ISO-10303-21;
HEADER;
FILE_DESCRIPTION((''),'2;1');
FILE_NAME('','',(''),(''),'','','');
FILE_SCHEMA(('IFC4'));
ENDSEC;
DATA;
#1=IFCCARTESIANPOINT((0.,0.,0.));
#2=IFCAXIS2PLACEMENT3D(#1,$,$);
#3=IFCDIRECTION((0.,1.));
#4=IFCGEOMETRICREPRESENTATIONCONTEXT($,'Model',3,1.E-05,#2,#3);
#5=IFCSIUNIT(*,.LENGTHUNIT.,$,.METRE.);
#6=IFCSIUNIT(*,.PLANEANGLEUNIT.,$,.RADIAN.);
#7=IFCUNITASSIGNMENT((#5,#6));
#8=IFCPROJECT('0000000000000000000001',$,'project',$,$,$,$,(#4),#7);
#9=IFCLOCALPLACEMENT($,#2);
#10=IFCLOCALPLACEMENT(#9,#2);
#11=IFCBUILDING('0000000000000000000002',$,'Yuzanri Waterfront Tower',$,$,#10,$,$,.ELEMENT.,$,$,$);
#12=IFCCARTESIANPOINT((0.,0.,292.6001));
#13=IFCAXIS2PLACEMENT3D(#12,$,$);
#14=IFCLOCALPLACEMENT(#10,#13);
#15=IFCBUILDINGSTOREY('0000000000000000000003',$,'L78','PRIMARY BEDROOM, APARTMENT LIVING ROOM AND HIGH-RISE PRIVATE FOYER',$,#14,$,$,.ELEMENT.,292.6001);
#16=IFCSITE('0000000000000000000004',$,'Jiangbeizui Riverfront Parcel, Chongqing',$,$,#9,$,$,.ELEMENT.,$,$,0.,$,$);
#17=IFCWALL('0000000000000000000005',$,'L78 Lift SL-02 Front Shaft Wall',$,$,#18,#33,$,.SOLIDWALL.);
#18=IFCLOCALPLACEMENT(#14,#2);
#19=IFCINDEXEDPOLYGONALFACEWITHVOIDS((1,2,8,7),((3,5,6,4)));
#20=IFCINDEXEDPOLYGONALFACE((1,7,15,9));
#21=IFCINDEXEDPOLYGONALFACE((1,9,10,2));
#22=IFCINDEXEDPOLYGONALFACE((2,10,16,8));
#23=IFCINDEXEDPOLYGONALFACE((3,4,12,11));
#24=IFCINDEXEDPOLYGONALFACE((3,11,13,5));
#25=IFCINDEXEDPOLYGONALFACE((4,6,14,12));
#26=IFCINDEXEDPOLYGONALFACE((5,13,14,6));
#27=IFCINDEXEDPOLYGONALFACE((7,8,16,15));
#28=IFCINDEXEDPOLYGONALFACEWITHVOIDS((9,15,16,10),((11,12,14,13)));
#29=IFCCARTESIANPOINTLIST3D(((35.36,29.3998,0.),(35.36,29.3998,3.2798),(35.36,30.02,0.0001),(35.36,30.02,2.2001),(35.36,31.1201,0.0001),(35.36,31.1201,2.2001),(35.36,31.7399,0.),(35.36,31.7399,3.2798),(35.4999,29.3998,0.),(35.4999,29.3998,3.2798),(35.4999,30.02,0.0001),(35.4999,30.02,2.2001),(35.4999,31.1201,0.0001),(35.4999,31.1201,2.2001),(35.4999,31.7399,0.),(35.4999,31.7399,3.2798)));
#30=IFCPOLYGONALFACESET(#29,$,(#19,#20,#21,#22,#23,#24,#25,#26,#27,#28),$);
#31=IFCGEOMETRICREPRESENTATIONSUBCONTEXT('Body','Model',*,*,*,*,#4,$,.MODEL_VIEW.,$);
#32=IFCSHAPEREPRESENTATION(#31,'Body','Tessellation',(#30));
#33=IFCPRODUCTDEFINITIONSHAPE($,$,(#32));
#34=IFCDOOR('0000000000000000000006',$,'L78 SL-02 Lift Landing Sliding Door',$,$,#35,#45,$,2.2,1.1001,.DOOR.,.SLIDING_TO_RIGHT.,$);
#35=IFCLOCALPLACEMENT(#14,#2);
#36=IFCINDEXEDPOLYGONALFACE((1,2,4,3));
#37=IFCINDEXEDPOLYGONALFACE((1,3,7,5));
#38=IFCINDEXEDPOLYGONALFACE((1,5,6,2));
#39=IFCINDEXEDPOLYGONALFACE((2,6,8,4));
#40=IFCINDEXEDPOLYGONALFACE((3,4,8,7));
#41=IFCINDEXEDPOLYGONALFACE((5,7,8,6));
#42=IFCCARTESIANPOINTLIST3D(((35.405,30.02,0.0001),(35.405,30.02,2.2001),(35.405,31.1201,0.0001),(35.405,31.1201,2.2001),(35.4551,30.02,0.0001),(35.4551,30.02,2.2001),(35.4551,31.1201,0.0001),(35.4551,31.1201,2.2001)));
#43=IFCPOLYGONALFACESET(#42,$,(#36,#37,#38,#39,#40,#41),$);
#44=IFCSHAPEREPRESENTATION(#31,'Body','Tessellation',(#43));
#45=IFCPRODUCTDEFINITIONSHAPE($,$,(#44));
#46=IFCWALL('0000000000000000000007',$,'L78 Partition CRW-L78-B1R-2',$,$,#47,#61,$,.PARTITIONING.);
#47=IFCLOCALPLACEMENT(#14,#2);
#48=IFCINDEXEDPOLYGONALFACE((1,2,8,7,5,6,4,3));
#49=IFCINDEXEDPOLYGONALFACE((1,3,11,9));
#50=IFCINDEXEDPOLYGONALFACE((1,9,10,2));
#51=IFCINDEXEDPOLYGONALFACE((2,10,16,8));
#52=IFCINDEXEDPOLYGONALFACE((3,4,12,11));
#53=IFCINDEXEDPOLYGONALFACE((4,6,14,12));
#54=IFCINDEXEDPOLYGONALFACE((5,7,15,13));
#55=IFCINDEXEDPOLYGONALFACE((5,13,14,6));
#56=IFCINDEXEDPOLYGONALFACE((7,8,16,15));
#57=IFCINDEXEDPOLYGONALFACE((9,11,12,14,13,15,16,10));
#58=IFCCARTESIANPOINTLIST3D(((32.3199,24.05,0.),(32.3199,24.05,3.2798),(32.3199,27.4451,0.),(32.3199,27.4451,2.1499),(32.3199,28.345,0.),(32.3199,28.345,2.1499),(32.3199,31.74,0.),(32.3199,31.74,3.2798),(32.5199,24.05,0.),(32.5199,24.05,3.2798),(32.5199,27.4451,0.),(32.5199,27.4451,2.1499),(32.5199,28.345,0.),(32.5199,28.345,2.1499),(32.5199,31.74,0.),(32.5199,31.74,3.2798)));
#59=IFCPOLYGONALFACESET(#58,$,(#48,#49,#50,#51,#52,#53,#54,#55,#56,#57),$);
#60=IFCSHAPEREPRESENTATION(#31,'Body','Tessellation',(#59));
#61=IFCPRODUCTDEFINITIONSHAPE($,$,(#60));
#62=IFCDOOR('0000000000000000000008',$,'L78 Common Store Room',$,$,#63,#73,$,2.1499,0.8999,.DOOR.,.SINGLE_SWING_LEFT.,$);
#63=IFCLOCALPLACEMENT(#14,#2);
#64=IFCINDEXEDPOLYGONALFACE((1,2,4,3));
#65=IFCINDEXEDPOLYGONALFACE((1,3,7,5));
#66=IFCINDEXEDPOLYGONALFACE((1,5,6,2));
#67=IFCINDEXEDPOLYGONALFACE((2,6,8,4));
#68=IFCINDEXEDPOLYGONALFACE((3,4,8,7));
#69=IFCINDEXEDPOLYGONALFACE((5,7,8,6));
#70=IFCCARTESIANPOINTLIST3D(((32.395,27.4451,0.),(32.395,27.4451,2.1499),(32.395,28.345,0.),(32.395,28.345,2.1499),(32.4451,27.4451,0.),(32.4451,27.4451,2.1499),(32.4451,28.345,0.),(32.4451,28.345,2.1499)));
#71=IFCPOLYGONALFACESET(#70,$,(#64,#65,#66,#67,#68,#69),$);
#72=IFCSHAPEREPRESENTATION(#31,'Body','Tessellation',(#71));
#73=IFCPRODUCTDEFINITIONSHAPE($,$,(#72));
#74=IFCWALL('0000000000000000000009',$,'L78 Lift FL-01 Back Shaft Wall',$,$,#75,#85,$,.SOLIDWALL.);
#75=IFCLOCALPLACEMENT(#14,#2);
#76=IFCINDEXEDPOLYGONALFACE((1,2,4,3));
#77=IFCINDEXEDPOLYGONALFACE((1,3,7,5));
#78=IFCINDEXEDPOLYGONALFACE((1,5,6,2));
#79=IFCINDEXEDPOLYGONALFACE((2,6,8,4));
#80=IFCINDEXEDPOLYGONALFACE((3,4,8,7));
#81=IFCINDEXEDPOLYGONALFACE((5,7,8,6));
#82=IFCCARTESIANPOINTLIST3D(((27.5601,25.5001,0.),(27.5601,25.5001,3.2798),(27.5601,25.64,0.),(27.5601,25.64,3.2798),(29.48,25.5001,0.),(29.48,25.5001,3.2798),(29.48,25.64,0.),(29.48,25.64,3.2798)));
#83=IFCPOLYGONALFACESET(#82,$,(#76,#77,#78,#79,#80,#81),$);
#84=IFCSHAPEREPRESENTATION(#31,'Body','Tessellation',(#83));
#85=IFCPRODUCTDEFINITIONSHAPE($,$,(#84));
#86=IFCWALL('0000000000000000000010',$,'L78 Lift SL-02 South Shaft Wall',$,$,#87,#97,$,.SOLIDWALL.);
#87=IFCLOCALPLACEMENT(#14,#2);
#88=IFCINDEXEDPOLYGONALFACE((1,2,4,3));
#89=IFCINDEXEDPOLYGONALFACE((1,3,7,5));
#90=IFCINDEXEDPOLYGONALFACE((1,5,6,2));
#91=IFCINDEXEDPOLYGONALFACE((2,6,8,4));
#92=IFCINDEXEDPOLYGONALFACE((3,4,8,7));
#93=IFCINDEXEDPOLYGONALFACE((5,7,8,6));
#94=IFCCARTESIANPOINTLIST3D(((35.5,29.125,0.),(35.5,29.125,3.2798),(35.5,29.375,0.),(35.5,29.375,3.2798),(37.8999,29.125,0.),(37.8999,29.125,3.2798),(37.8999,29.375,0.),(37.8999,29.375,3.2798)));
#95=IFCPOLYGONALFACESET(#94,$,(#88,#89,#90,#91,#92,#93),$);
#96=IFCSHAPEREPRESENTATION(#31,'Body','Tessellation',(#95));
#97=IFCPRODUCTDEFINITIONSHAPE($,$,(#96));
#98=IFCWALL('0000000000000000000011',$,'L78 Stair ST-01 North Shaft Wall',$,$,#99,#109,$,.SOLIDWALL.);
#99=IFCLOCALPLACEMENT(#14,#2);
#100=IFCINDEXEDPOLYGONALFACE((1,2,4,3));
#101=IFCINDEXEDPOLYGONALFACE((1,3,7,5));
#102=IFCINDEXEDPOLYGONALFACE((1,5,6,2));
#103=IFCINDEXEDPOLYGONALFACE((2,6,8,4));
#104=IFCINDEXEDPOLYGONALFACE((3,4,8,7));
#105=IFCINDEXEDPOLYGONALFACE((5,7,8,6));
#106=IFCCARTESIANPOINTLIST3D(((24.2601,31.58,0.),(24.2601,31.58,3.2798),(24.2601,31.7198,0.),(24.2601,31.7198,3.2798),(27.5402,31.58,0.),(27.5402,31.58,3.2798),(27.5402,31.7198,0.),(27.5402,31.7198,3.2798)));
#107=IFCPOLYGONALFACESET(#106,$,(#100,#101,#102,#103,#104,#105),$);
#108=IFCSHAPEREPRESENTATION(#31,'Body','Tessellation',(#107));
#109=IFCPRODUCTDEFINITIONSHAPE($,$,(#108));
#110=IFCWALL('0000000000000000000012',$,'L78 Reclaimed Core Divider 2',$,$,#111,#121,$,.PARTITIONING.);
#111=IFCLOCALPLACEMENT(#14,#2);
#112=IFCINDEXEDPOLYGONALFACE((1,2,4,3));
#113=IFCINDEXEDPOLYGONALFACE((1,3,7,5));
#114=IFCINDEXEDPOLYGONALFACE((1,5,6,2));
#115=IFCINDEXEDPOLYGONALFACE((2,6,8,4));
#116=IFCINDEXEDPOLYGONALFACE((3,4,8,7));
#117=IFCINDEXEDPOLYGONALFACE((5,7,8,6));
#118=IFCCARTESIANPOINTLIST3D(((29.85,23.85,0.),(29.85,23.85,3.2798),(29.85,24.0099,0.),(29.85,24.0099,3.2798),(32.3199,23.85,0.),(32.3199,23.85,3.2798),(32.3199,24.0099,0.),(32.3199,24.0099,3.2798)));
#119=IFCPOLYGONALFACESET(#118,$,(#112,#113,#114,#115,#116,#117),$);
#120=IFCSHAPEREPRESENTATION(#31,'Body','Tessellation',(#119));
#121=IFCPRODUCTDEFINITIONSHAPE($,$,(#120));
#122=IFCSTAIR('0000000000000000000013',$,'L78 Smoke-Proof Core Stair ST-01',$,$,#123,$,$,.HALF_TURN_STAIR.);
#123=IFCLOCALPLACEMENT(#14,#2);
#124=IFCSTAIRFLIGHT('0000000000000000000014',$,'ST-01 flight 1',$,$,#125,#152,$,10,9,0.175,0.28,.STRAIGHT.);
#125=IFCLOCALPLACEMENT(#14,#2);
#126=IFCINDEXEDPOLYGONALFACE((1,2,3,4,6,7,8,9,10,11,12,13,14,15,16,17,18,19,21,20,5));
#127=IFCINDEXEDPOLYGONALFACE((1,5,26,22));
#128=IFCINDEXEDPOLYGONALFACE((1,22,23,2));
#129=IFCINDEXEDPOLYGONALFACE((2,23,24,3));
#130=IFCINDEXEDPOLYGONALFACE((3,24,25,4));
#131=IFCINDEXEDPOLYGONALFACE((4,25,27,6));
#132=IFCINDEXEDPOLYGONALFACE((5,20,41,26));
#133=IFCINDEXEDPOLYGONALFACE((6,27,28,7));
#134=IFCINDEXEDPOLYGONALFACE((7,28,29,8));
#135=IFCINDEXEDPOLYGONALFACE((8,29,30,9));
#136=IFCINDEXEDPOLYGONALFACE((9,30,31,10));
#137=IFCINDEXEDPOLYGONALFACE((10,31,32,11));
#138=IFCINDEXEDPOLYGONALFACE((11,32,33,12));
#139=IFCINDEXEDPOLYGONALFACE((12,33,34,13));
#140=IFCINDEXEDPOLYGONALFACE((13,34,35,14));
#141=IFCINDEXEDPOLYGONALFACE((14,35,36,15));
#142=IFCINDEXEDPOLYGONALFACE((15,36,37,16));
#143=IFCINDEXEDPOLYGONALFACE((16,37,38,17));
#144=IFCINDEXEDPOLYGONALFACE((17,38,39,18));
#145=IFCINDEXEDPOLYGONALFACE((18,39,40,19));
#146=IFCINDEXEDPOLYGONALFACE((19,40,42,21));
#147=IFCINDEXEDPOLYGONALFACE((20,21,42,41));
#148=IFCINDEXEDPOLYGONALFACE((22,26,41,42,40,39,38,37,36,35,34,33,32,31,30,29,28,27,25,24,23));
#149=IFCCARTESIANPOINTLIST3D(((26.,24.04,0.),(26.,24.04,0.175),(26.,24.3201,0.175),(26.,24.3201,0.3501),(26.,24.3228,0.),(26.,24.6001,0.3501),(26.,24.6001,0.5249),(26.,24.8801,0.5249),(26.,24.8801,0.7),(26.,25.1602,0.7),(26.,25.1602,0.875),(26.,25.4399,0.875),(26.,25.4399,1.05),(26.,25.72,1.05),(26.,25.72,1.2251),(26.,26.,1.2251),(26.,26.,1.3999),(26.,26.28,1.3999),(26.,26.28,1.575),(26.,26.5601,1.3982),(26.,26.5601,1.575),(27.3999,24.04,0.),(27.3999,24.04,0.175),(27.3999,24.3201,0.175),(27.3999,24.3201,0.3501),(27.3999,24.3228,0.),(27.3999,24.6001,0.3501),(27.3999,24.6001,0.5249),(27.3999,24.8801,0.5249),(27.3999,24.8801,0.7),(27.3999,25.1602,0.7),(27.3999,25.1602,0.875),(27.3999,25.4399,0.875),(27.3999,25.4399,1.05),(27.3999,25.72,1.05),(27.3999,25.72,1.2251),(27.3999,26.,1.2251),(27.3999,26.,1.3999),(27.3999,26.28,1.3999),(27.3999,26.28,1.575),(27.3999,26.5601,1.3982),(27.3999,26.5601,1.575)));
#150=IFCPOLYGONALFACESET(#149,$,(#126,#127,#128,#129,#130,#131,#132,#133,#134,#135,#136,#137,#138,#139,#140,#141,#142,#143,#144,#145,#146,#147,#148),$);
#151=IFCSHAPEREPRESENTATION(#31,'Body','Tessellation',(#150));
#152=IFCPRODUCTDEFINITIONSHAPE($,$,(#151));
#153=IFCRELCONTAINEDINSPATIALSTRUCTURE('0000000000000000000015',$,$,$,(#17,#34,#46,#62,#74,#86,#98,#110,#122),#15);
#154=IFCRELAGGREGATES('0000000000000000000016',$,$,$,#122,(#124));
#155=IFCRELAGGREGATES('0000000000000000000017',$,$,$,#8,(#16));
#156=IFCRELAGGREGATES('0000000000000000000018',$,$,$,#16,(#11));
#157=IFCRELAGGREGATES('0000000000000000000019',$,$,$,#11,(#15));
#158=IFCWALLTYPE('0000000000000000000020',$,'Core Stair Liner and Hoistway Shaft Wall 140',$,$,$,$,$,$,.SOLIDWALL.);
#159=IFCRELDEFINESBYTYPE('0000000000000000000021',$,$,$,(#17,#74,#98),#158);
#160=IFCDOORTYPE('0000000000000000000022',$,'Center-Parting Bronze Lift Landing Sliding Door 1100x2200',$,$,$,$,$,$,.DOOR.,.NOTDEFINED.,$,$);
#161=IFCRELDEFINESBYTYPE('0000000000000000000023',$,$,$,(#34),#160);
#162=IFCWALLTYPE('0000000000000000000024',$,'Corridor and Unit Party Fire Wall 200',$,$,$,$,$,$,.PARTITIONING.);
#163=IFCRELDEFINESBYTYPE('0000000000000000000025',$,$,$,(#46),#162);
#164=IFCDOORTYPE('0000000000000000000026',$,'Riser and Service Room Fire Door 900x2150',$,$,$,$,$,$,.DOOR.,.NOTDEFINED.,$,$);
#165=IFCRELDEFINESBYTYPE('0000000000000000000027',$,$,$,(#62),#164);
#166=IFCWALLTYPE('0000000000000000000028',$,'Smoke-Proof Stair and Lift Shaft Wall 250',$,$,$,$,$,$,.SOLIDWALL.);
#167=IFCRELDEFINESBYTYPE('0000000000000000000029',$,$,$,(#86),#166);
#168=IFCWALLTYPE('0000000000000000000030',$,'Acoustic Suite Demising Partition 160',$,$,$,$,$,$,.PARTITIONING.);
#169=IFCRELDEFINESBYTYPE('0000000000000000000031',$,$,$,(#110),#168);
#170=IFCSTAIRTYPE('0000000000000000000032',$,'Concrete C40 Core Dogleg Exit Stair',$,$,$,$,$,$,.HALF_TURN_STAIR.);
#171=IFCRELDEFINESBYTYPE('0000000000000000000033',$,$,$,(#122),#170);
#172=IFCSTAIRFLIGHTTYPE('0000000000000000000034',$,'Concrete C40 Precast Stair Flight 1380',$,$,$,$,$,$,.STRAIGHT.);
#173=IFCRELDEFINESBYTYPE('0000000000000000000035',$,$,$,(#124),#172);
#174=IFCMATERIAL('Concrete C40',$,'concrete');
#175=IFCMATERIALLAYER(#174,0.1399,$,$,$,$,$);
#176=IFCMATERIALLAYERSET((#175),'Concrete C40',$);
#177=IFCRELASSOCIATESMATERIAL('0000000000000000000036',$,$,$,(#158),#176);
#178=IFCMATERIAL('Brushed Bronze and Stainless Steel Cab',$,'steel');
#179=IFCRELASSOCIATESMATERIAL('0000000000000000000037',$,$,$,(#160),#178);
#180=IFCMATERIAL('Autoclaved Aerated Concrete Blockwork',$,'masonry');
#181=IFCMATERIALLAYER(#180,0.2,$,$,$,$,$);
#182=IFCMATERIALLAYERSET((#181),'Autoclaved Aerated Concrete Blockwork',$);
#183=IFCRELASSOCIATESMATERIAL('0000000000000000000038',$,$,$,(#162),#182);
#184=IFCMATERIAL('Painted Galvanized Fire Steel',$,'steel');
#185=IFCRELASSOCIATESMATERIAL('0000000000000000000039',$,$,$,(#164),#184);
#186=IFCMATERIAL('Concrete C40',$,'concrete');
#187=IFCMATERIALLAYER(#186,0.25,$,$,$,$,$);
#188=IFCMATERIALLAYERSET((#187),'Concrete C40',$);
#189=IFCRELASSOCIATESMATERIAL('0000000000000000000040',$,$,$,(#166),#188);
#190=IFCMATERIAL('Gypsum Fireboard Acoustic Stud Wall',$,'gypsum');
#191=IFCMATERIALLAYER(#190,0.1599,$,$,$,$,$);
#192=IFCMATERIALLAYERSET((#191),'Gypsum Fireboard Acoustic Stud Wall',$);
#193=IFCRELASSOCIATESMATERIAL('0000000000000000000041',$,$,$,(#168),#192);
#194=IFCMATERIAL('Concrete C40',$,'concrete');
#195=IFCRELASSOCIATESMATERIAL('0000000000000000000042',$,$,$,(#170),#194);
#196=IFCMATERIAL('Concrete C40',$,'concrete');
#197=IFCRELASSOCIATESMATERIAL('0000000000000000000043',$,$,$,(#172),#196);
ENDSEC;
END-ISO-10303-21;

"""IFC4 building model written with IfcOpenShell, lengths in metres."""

from ifc_helpers import new_model, si_unit, direction, frame, frame_2d, origin, place, context, subcontext, project, spatial, polyline, rectangle, outline, extrude, source, transform, mapped, material, layer, layer_set, type_object, element, fill, aggregate, save


model = new_model("IFC4")

# Units and contexts
model_context = context("Model", 3, precision=1e-05, world=origin(), true_north=direction((0.0, 1.0)))
body_context = subcontext(model_context, "Body", "Model", "MODEL_VIEW")
ifc_project = project(units=[si_unit("LENGTHUNIT", "METRE"), si_unit("PLANEANGLEUNIT", "RADIAN")], contexts=[model_context])

# Site, building, storey
site_placement = place(None, origin())
site = spatial("IfcSite", under=ifc_project, at=site_placement, Name="Jiangbeizui Riverfront Parcel, Chongqing", CompositionType="ELEMENT", RefElevation=0.0)
building_placement = place(site_placement, origin())
building = spatial("IfcBuilding", under=site, at=building_placement, Name="Yuzanri Waterfront Tower", CompositionType="ELEMENT")
storey_placement = place(building_placement, frame((0.0, 0.0, 292.6001)))
storey = spatial("IfcBuildingStorey", under=building, at=storey_placement, Name="L78", Description="PRIMARY BEDROOM, APARTMENT LIVING ROOM AND HIGH-RISE PRIVATE FOYER", CompositionType="ELEMENT", Elevation=292.6001)

# Walls, openings, doors
ifc_material_1 = material(Name="Concrete C40", Category="concrete")
ifc_layer_1 = layer(ifc_material_1, 0.1399)
ifc_layer_set_1 = layer_set([ifc_layer_1], Name="Concrete C40")
wall_type_1 = type_object("IfcWallType", Name="Core Stair Liner and Hoistway Shaft Wall 140", PredefinedType="SOLIDWALL", material=ifc_layer_set_1)
wall_1_placement = place(storey_placement, frame((35.4299, 29.3999, 0.0), z_axis=(0.0, 0.0, 1.0), x_axis=(0.0, 1.0, 0.0)))
wall_1 = element("IfcWall", 1, at=wall_1_placement, inside=storey, type_object=wall_type_1, Name="L78 Lift SL-02 Front Shaft Wall", PredefinedType="SOLIDWALL", context=body_context, shape_type="SweptSolid", body=[
    extrude(rectangle(XDim=2.3401, YDim=0.1399, at=frame_2d((1.1699, 0.0))), origin(), (0.0, 0.0, 1.0), 3.2798),
])
opening_1_placement = place(wall_1_placement, frame((0.6201, 0.0, 0.0)))
opening_1 = element("IfcOpeningElement", 2, at=opening_1_placement, cuts=wall_1, PredefinedType="OPENING", context=body_context, shape_type="SweptSolid", body=[
    extrude(rectangle(XDim=1.1001, YDim=2.2, at=frame_2d((0.55, 1.1001))), frame((0.0, 0.085, 0.0), z_axis=(0.0, -1.0, 0.0), x_axis=(1.0, 0.0, 0.0)), (0.0, 0.0, 1.0), 0.1697),
])
ifc_material_2 = material(Name="Brushed Bronze and Stainless Steel Cab", Category="steel")
door_type_1 = type_object("IfcDoorType", Name="Center-Parting Bronze Lift Landing Sliding Door 1100x2200", OperationType="NOTDEFINED", PredefinedType="DOOR", material=ifc_material_2)
shared_shape_1 = source(origin(), body_context, "Body", "SweptSolid", [
    extrude(rectangle(XDim=1.1001, YDim=2.2, at=frame_2d((0.55, 1.1001))), frame((0.0, 0.0249, 0.0), z_axis=(0.0, -1.0, 0.0), x_axis=(1.0, 0.0, 0.0)), (0.0, 0.0, 1.0), 0.05),
])
door_1_placement = place(opening_1_placement, origin())
door_1 = element("IfcDoor", 3, at=door_1_placement, inside=storey, type_object=door_type_1, Name="L78 SL-02 Lift Landing Sliding Door", OperationType="SLIDING_TO_RIGHT", OverallHeight=2.2, OverallWidth=1.1001, PredefinedType="DOOR", context=body_context, shape_type="MappedRepresentation", body=[
    mapped(shared_shape_1, transform((0.0, 0.0, 0.0), scale=1.0)),
])
fill(opening_1, door_1)
ifc_material_3 = material(Name="Autoclaved Aerated Concrete Blockwork", Category="masonry")
ifc_layer_2 = layer(ifc_material_3, 0.2)
ifc_layer_set_2 = layer_set([ifc_layer_2], Name="Autoclaved Aerated Concrete Blockwork")
wall_type_2 = type_object("IfcWallType", Name="Corridor and Unit Party Fire Wall 200", PredefinedType="PARTITIONING", material=ifc_layer_set_2)
ifc_material_4 = material(Name="Painted Galvanized Fire Steel", Category="steel")
door_type_2 = type_object("IfcDoorType", Name="Riser and Service Room Fire Door 900x2150", OperationType="NOTDEFINED", PredefinedType="DOOR", material=ifc_material_4)
shared_shape_2 = source(origin(), body_context, "Body", "SweptSolid", [
    extrude(rectangle(XDim=0.8999, YDim=2.1499, at=frame_2d((0.45, 1.075))), frame((0.0, 0.0249, 0.0), z_axis=(0.0, -1.0, 0.0), x_axis=(1.0, 0.0, 0.0)), (0.0, 0.0, 1.0), 0.05),
])
wall_2_placement = place(storey_placement, frame((32.4199, 24.05, 0.0), z_axis=(0.0, 0.0, 1.0), x_axis=(0.0, 1.0, 0.0)))
wall_2 = element("IfcWall", 4, at=wall_2_placement, inside=storey, type_object=wall_type_2, Name="L78 Partition CRW-L78-B1R-2", PredefinedType="PARTITIONING", context=body_context, shape_type="SweptSolid", body=[
    extrude(rectangle(XDim=7.6899, YDim=0.2, at=frame_2d((3.845, 0.0))), origin(), (0.0, 0.0, 1.0), 3.2798),
])
opening_2_placement = place(wall_2_placement, frame((3.395, 0.0, 0.0)))
opening_2 = element("IfcOpeningElement", 5, at=opening_2_placement, cuts=wall_2, PredefinedType="OPENING", context=body_context, shape_type="SweptSolid", body=[
    extrude(rectangle(XDim=0.8999, YDim=2.1499, at=frame_2d((0.45, 1.075))), frame((0.0, 0.1147, 0.0), z_axis=(0.0, -1.0, 0.0), x_axis=(1.0, 0.0, 0.0)), (0.0, 0.0, 1.0), 0.2297),
])
door_2_placement = place(opening_2_placement, origin())
door_2 = element("IfcDoor", 6, at=door_2_placement, inside=storey, type_object=door_type_2, Name="L78 Common Store Room", OperationType="SINGLE_SWING_LEFT", OverallHeight=2.1499, OverallWidth=0.8999, PredefinedType="DOOR", context=body_context, shape_type="MappedRepresentation", body=[
    mapped(shared_shape_2, transform((0.0, 0.0, 0.0), scale=1.0)),
])
fill(opening_2, door_2)

# Walls
shared_shape_3 = source(origin(), body_context, "Body", "SweptSolid", [
    extrude(rectangle(XDim=1.9199, YDim=0.1399, at=frame_2d((0.96, 0.0))), origin(), (0.0, 0.0, 1.0), 3.2798),
])
wall_3_placement = place(storey_placement, frame((27.5601, 25.5701, 0.0), z_axis=(0.0, 0.0, 1.0), x_axis=(1.0, 0.0, 0.0)))
element("IfcWall", 7, at=wall_3_placement, inside=storey, type_object=wall_type_1, Name="L78 Lift FL-01 Back Shaft Wall", PredefinedType="SOLIDWALL", context=body_context, shape_type="MappedRepresentation", body=[
    mapped(shared_shape_3, transform((0.0, 0.0, 0.0), scale=1.0)),
])
ifc_material_5 = material(Name="Concrete C40", Category="concrete")
ifc_layer_3 = layer(ifc_material_5, 0.25)
ifc_layer_set_3 = layer_set([ifc_layer_3], Name="Concrete C40")
wall_type_3 = type_object("IfcWallType", Name="Smoke-Proof Stair and Lift Shaft Wall 250", PredefinedType="SOLIDWALL", material=ifc_layer_set_3)
shared_shape_4 = source(origin(), body_context, "Body", "SweptSolid", [
    extrude(rectangle(XDim=2.3999, YDim=0.25, at=frame_2d((1.2, 0.0))), origin(), (0.0, 0.0, 1.0), 3.2798),
])
wall_4_placement = place(storey_placement, frame((35.5, 29.25, 0.0), z_axis=(0.0, 0.0, 1.0), x_axis=(1.0, 0.0, 0.0)))
element("IfcWall", 8, at=wall_4_placement, inside=storey, type_object=wall_type_3, Name="L78 Lift SL-02 South Shaft Wall", PredefinedType="SOLIDWALL", context=body_context, shape_type="MappedRepresentation", body=[
    mapped(shared_shape_4, transform((0.0, 0.0, 0.0), scale=1.0)),
])
shared_shape_5 = source(origin(), body_context, "Body", "SweptSolid", [
    extrude(rectangle(XDim=3.28, YDim=0.1399, at=frame_2d((1.6401, 0.0))), origin(), (0.0, 0.0, 1.0), 3.2798),
])
wall_5_placement = place(storey_placement, frame((24.26, 31.6499, 0.0), z_axis=(0.0, 0.0, 1.0), x_axis=(1.0, 0.0, 0.0)))
element("IfcWall", 9, at=wall_5_placement, inside=storey, type_object=wall_type_1, Name="L78 Stair ST-01 North Shaft Wall", PredefinedType="SOLIDWALL", context=body_context, shape_type="MappedRepresentation", body=[
    mapped(shared_shape_5, transform((0.0, 0.0, 0.0), scale=1.0)),
])
ifc_material_6 = material(Name="Gypsum Fireboard Acoustic Stud Wall", Category="gypsum")
ifc_layer_4 = layer(ifc_material_6, 0.1599)
ifc_layer_set_4 = layer_set([ifc_layer_4], Name="Gypsum Fireboard Acoustic Stud Wall")
wall_type_4 = type_object("IfcWallType", Name="Acoustic Suite Demising Partition 160", PredefinedType="PARTITIONING", material=ifc_layer_set_4)
shared_shape_6 = source(origin(), body_context, "Body", "SweptSolid", [
    extrude(rectangle(XDim=2.47, YDim=0.1599, at=frame_2d((1.2349, 0.0))), origin(), (0.0, 0.0, 1.0), 3.2798),
])
wall_6_placement = place(storey_placement, frame((29.8501, 23.9299, 0.0), z_axis=(0.0, 0.0, 1.0), x_axis=(1.0, 0.0, 0.0)))
element("IfcWall", 10, at=wall_6_placement, inside=storey, type_object=wall_type_4, Name="L78 Reclaimed Core Divider 2", PredefinedType="PARTITIONING", context=body_context, shape_type="MappedRepresentation", body=[
    mapped(shared_shape_6, transform((0.0, 0.0, 0.0), scale=1.0)),
])

# Stair, stair flight
ifc_material_7 = material(Name="Concrete C40", Category="concrete")
stair_type = type_object("IfcStairType", Name="Concrete C40 Core Dogleg Exit Stair", PredefinedType="HALF_TURN_STAIR", material=ifc_material_7)
stair_placement = place(storey_placement, origin())
stair = element("IfcStair", 11, at=stair_placement, inside=storey, type_object=stair_type, Name="L78 Smoke-Proof Core Stair ST-01", PredefinedType="HALF_TURN_STAIR")
ifc_material_8 = material(Name="Concrete C40", Category="concrete")
stair_flight_type = type_object("IfcStairFlightType", Name="Concrete C40 Precast Stair Flight 1380", PredefinedType="STRAIGHT", material=ifc_material_8)
shared_shape_7 = source(origin(), body_context, "Body", "SweptSolid", [
    extrude(outline(polyline([(0.0, 0.0), (0.0, 0.175), (0.28, 0.175), (0.28, 0.3501), (0.5601, 0.3501), (0.5601, 0.5249), (0.8401, 0.5249), (0.8401, 0.7), (1.1201, 0.7), (1.1201, 0.875), (1.3999, 0.875), (1.3999, 1.05), (1.6799, 1.05), (1.6799, 1.2251), (1.96, 1.2251), (1.96, 1.3999), (2.24, 1.3999), (2.24, 1.575), (2.52, 1.575), (2.52, 1.75), (2.52, 1.3982), (0.2827, 0.0), (0.0, 0.0)])), frame((0.0, 0.7, 0.0), z_axis=(0.0, -1.0, 0.0), x_axis=(1.0, 0.0, 0.0)), (0.0, 0.0, 1.0), 1.3999),
])
stair_flight_1_placement = place(storey_placement, frame((26.7, 24.04, 0.0), z_axis=(0.0, 0.0, 1.0), x_axis=(0.0, 1.0, 0.0)))
stair_flight_1 = element("IfcStairFlight", 12, at=stair_flight_1_placement, type_object=stair_flight_type, Name="ST-01 flight 1", NumberOfRisers=10, NumberOfTreads=9, PredefinedType="STRAIGHT", RiserHeight=0.175, TreadLength=0.28, context=body_context, shape_type="MappedRepresentation", body=[
    mapped(shared_shape_7, transform((0.0, 0.0, 0.0), scale=1.0)),
])
aggregate(stair, [stair_flight_1])

save(model, "model.ifc")
